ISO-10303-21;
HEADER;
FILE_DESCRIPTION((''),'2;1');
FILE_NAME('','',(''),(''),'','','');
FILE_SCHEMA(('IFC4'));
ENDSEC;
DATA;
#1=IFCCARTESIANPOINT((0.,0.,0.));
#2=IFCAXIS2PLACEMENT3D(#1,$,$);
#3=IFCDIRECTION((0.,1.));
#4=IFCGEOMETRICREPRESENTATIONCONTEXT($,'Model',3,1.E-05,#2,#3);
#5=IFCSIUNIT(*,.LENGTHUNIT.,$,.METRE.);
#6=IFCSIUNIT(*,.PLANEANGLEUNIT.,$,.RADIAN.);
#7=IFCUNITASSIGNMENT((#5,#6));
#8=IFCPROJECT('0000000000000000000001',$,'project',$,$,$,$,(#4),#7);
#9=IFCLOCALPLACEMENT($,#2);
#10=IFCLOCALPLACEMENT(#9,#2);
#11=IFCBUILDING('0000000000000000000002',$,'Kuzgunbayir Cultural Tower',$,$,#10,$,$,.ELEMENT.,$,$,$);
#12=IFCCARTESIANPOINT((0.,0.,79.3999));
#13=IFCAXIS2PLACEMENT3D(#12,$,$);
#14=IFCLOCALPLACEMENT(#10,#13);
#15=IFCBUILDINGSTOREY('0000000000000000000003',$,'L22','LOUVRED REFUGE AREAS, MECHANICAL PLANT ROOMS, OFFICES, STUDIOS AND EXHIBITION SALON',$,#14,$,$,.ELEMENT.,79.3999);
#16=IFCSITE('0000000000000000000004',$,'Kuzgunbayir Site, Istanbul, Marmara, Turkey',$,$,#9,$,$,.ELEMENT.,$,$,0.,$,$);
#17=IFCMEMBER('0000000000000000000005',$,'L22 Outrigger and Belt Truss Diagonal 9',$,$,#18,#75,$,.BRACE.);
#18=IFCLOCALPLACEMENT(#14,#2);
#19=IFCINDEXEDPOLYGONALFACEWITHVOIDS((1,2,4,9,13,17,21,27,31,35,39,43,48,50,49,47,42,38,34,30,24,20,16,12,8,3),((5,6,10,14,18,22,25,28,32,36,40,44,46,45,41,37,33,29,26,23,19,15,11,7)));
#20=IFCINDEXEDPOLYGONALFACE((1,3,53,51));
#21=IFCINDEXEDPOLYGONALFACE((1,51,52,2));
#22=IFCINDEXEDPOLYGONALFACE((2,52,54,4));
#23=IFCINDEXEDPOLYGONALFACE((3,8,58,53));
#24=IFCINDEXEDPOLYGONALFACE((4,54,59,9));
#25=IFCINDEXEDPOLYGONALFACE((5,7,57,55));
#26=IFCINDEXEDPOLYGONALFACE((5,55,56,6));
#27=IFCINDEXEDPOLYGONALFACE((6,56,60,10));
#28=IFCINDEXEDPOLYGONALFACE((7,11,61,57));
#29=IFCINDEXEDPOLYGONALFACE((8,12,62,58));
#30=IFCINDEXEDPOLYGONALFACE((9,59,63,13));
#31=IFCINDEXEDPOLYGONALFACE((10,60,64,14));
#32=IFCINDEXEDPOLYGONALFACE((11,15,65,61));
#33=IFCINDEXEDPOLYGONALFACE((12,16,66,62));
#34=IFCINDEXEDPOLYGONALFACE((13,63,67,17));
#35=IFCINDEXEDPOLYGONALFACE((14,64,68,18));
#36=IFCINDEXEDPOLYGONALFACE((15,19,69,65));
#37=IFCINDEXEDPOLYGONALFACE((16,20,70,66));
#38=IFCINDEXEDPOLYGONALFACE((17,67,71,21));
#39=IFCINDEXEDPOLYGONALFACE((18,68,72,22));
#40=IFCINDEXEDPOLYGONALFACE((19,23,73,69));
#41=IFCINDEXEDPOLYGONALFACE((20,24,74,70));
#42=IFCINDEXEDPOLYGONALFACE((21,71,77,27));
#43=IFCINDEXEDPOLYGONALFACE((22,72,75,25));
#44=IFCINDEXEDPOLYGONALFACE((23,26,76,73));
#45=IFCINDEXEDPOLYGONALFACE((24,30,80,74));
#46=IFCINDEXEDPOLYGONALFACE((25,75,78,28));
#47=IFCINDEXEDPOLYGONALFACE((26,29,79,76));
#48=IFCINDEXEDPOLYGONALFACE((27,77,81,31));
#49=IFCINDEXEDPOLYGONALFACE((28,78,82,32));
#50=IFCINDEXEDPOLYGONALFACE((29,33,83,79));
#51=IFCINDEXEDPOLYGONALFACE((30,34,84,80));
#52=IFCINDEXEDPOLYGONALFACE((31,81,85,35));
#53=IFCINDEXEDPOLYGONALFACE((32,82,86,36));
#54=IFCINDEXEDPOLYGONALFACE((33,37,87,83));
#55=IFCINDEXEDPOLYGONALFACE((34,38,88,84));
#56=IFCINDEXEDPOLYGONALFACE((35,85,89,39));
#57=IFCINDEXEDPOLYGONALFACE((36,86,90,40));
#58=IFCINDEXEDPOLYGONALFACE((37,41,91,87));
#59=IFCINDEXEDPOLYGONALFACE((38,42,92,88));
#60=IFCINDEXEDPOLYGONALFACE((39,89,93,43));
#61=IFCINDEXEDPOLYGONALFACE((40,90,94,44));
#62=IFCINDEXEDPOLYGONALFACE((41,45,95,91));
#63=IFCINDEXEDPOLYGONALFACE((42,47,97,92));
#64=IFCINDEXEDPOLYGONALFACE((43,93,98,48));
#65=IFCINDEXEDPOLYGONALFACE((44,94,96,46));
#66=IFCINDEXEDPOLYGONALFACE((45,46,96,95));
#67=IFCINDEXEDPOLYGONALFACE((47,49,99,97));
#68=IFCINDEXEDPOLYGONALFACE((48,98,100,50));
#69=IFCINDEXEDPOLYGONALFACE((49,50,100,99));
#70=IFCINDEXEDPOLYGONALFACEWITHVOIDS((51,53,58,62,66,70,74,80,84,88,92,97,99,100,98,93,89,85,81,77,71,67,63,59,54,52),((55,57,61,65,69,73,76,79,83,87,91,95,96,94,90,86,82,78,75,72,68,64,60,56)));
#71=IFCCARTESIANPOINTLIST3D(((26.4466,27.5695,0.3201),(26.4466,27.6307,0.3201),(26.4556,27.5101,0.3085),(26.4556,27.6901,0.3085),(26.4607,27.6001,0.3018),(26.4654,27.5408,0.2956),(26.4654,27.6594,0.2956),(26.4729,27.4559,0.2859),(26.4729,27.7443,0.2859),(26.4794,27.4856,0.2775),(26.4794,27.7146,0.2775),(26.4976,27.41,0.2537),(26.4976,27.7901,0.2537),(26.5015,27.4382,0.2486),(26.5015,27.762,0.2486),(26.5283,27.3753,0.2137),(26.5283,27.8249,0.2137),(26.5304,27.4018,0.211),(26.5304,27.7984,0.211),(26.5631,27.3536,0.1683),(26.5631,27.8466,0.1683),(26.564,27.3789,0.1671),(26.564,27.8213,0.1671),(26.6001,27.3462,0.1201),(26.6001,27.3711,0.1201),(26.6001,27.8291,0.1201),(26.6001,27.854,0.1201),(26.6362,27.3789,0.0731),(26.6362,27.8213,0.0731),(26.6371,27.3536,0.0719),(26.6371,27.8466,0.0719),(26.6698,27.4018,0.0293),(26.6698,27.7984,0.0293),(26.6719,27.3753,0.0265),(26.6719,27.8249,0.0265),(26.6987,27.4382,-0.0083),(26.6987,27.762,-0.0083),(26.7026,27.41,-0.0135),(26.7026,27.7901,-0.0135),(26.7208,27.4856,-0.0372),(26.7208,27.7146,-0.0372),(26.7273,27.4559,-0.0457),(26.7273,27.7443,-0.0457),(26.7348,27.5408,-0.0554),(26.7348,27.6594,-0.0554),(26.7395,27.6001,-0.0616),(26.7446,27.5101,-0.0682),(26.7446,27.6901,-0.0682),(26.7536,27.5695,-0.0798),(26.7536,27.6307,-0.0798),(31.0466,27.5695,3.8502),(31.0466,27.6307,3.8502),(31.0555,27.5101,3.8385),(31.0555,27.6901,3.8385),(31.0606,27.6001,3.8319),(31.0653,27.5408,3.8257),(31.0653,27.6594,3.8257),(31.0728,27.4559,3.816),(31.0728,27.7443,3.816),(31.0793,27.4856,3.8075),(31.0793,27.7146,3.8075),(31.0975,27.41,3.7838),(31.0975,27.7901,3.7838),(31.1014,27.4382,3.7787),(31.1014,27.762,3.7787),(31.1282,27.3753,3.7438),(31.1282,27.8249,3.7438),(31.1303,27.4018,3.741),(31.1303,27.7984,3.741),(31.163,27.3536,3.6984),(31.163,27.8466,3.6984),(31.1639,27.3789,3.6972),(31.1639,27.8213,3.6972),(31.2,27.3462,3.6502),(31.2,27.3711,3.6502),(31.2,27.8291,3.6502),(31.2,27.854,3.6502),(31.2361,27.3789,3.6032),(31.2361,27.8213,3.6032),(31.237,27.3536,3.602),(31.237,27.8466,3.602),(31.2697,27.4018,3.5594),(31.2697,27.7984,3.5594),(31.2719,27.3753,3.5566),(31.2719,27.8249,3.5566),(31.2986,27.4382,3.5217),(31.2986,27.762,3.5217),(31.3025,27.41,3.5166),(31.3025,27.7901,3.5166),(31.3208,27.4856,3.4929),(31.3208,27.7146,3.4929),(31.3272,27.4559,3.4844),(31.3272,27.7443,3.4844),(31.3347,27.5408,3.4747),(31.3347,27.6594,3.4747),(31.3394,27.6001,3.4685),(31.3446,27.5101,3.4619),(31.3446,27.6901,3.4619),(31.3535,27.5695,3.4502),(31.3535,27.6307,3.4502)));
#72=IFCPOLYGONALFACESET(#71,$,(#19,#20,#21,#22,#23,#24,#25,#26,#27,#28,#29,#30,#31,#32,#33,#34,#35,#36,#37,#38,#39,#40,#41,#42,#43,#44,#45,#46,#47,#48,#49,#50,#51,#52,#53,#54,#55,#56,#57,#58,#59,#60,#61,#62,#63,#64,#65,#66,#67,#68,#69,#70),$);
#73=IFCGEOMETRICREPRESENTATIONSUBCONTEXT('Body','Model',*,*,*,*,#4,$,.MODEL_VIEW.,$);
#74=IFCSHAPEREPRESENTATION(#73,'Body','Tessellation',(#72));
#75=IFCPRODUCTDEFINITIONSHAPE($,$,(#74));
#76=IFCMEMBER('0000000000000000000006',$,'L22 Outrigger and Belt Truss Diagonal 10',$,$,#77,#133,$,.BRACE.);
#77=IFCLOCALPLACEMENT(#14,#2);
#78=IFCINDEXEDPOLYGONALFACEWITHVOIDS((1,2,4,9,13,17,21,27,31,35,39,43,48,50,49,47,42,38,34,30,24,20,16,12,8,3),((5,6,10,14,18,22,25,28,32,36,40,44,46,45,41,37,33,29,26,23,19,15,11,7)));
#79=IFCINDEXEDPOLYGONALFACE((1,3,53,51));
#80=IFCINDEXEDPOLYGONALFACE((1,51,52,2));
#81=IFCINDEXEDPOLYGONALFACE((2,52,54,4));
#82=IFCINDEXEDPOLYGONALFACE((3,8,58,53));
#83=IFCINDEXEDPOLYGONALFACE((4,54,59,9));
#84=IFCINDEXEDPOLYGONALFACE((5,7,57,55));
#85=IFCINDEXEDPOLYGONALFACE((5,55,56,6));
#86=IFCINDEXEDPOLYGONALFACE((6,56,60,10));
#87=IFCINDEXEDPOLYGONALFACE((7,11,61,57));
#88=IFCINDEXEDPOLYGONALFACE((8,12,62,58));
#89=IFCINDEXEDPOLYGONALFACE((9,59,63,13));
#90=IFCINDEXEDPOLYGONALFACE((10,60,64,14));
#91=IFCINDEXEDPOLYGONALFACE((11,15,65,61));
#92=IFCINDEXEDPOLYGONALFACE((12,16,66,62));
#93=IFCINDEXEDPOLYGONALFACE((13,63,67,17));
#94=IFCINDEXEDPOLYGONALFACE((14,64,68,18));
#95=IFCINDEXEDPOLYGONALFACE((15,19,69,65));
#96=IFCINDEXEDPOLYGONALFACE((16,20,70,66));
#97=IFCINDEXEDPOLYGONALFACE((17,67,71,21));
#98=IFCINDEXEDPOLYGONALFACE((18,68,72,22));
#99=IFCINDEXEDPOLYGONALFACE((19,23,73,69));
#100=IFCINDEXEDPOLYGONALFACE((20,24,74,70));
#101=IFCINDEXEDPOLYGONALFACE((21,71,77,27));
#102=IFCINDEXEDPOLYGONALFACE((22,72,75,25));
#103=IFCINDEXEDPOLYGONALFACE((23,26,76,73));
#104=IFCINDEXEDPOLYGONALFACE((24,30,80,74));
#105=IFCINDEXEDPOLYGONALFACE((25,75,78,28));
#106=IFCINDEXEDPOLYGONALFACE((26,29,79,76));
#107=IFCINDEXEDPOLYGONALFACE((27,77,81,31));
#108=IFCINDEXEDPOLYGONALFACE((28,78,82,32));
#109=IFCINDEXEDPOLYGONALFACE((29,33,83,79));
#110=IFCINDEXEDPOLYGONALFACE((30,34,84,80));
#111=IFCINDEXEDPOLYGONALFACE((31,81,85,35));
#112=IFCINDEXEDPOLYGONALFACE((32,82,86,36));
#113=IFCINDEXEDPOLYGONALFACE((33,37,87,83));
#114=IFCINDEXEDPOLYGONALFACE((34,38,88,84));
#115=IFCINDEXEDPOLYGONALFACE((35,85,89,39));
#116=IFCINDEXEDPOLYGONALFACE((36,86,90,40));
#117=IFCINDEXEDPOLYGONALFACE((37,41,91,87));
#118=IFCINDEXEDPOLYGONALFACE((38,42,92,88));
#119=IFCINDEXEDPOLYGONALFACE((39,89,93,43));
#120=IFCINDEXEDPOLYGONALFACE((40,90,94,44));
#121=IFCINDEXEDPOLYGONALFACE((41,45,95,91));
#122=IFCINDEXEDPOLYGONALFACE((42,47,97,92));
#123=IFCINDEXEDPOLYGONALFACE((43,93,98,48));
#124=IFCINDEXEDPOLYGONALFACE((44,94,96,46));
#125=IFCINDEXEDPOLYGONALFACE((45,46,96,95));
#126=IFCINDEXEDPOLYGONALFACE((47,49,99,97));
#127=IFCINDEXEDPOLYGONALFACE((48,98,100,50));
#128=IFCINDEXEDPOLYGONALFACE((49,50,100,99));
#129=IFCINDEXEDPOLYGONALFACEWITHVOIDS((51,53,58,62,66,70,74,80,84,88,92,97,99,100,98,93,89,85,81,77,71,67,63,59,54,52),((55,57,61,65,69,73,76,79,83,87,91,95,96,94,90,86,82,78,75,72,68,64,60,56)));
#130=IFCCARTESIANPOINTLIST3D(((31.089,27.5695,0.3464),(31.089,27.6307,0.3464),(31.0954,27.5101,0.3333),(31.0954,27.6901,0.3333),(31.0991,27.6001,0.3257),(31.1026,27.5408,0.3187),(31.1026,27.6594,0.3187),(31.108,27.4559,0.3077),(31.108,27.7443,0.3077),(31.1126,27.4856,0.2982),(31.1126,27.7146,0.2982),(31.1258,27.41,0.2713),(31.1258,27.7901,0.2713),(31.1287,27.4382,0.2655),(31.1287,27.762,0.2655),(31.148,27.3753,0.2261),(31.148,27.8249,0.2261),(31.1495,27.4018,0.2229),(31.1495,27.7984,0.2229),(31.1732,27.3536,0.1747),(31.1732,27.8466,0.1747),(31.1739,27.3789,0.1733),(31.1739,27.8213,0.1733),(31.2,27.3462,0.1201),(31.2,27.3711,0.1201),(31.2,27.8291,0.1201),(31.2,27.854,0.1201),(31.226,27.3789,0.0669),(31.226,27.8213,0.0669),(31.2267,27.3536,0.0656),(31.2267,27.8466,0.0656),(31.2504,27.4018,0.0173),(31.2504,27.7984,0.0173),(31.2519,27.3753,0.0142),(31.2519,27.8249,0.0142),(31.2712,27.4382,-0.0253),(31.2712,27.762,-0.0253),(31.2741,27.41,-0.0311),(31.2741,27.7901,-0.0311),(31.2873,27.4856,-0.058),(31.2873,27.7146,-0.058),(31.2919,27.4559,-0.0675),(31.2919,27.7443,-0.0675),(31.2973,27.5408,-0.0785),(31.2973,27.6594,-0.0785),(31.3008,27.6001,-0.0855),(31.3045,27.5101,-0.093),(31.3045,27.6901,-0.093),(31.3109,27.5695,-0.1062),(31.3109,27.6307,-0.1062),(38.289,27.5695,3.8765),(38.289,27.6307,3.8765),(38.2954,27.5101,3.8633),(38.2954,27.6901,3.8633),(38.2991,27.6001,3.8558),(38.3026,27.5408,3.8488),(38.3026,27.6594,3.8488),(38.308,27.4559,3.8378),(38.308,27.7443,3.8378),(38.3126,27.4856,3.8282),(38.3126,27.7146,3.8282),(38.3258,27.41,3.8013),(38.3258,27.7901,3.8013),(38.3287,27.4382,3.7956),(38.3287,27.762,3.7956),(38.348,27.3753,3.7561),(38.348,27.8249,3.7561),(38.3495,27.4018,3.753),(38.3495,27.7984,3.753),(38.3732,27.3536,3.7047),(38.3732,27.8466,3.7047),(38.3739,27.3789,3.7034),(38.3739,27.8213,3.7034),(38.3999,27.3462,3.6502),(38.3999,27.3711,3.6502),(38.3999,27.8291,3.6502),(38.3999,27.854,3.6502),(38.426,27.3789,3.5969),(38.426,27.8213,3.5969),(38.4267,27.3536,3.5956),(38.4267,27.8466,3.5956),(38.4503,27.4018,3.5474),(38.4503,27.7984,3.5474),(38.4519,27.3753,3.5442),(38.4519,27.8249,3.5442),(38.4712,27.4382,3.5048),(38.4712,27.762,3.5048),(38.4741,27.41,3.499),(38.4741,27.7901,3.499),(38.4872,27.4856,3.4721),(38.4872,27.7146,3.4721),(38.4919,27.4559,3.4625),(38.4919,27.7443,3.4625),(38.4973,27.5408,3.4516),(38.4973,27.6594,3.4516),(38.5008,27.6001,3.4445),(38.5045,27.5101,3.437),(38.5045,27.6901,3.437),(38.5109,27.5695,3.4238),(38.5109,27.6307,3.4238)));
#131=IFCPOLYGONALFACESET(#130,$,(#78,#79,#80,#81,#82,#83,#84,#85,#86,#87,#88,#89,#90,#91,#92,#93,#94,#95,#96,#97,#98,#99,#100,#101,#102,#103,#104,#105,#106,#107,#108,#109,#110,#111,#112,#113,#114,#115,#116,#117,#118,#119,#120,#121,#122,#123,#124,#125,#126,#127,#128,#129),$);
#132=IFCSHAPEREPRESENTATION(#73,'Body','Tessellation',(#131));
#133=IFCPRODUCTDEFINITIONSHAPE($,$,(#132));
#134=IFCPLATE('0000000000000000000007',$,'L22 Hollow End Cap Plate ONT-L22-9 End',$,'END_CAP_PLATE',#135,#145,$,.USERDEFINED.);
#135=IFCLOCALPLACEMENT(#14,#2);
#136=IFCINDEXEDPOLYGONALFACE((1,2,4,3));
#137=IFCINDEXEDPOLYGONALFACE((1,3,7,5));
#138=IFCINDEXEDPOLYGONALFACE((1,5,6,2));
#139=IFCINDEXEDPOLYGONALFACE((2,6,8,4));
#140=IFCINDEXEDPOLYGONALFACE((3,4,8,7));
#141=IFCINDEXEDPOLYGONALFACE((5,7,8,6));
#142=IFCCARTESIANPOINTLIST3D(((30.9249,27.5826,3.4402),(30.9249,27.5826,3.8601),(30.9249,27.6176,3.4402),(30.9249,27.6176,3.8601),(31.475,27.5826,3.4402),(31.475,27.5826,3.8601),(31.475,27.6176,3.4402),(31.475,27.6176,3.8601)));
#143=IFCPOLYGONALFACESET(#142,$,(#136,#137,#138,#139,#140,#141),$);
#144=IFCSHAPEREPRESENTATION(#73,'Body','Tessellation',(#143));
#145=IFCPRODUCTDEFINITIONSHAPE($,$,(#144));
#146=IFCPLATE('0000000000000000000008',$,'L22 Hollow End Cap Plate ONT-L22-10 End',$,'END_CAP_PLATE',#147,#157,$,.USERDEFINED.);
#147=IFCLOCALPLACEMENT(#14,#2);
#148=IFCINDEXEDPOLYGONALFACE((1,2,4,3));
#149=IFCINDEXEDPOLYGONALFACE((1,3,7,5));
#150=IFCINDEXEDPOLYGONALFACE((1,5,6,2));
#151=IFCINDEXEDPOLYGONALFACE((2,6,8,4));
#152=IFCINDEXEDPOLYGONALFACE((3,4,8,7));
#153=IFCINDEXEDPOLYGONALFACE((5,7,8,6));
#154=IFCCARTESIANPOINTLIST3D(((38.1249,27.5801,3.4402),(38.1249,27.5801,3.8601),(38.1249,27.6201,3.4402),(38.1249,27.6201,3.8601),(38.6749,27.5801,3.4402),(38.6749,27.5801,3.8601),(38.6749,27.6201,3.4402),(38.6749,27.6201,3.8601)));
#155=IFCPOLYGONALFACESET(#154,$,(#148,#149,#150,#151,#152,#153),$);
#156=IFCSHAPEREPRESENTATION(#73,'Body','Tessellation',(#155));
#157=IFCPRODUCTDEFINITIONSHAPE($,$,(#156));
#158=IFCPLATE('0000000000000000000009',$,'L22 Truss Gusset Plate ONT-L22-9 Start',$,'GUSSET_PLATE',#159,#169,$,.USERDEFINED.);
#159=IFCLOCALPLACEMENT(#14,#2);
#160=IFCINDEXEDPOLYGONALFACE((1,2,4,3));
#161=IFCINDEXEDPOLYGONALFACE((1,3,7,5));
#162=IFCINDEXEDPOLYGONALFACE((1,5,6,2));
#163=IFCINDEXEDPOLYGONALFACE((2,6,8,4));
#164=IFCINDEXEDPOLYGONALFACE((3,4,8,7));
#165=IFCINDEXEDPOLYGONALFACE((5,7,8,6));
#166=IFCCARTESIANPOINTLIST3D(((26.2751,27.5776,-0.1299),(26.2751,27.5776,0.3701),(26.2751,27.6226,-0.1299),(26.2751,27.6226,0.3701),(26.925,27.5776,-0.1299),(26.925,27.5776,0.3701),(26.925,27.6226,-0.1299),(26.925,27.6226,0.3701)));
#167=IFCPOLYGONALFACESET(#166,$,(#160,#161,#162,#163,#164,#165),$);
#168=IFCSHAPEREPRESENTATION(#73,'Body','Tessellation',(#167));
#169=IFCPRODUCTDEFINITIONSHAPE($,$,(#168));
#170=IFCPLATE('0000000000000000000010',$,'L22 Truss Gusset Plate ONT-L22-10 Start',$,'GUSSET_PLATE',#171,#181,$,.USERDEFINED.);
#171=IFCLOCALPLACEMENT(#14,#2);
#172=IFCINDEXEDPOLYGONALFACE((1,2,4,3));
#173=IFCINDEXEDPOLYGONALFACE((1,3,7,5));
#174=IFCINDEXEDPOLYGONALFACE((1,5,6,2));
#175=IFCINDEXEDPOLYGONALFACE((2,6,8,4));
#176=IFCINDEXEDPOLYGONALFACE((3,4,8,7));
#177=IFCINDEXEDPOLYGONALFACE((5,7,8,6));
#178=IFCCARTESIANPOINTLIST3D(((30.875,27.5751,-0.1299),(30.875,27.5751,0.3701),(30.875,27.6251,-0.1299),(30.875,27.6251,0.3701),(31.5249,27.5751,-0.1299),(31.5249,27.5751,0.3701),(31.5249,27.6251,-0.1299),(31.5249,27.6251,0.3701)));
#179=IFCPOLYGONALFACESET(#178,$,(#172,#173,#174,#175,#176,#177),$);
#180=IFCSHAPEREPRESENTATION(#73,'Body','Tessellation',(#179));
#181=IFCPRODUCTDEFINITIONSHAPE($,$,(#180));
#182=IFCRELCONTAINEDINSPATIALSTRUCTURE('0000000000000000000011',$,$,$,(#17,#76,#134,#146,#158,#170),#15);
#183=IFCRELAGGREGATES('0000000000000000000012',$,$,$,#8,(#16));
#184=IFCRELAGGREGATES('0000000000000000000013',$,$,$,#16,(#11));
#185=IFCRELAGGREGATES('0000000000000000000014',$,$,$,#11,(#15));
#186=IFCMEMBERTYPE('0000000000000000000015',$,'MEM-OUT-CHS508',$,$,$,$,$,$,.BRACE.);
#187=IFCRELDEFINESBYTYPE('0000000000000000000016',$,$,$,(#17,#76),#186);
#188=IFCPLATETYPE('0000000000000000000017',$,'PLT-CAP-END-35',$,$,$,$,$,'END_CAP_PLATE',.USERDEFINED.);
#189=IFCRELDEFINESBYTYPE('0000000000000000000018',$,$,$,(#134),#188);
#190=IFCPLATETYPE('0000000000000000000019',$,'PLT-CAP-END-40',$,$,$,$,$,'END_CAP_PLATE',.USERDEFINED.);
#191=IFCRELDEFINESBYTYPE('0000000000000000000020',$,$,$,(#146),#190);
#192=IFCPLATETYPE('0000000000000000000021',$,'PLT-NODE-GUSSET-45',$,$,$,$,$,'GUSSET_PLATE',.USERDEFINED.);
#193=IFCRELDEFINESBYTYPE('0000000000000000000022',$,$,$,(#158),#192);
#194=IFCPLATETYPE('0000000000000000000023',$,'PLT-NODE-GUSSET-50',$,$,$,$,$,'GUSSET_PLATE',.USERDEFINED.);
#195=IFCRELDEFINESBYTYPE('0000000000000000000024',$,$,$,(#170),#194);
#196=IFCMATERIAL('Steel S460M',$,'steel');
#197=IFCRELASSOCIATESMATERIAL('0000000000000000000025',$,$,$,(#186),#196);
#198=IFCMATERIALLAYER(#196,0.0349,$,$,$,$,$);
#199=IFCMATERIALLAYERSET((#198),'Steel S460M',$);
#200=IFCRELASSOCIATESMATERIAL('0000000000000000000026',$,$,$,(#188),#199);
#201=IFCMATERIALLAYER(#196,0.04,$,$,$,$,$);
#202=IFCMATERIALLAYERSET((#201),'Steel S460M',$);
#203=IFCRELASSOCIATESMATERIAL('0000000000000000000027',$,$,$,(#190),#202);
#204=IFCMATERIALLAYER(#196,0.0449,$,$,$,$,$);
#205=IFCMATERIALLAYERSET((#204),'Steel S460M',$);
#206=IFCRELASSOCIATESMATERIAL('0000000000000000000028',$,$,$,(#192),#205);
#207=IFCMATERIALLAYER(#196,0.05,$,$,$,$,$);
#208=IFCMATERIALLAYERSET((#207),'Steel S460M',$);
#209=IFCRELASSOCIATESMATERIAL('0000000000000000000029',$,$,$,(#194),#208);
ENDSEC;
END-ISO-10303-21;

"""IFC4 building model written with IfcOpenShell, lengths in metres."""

from ifc_helpers import new_model, si_unit, direction, frame, origin, origin_2d, place, context, subcontext, project, spatial, rectangle, hollow_circle, extrude, material, layer, layer_set, material_profile, profile_set, type_object, element, save


model = new_model("IFC4")

# Units and contexts
model_context = context("Model", 3, precision=1e-05, world=origin(), true_north=direction((0.0, 1.0)))
body_context = subcontext(model_context, "Body", "Model", "MODEL_VIEW")
ifc_project = project(units=[si_unit("LENGTHUNIT", "METRE"), si_unit("PLANEANGLEUNIT", "RADIAN")], contexts=[model_context])

# Site, building, storey
site_placement = place(None, origin())
site = spatial("IfcSite", under=ifc_project, at=site_placement, Name="Kuzgunbayir Site, Istanbul, Marmara, Turkey", CompositionType="ELEMENT", RefElevation=0.0)
building_placement = place(site_placement, origin())
building = spatial("IfcBuilding", under=site, at=building_placement, Name="Kuzgunbayir Cultural Tower", CompositionType="ELEMENT")
storey_placement = place(building_placement, frame((0.0, 0.0, 79.3999)))
storey = spatial("IfcBuildingStorey", under=building, at=storey_placement, Name="L22", Description="LOUVRED REFUGE AREAS, MECHANICAL PLANT ROOMS, OFFICES, STUDIOS AND EXHIBITION SALON", CompositionType="ELEMENT", Elevation=79.3999)

# Members
ifc_material_1 = material(Name="Steel S460M", Category="steel")
ifc_material_profile_1 = material_profile(ifc_material_1, hollow_circle(Radius=0.2539, WallThickness=0.0249, at=origin_2d()), Name="CHS 508x25")
ifc_profile_set_1 = profile_set([ifc_material_profile_1], Name="Steel S460M")
member_type = type_object("IfcMemberType", Name="MEM-OUT-CHS508", PredefinedType="BRACE", material=ifc_profile_set_1)
member_1_placement = place(storey_placement, frame((26.6001, 27.6001, 0.1201), z_axis=(0.793317, 0.0, 0.608809), x_axis=(0.0, 1.0, 0.0)))
element("IfcMember", 1, at=member_1_placement, inside=storey, type_object=member_type, Name="L22 Outrigger and Belt Truss Diagonal 9", PredefinedType="BRACE", context=body_context, shape_type="SweptSolid", body=[
    extrude(hollow_circle(Radius=0.2539, WallThickness=0.0249, at=origin_2d()), origin(), (0.0, 0.0, 1.0), 5.7983),
])
member_2_placement = place(storey_placement, frame((31.2, 27.6001, 0.1201), z_axis=(0.897889, 0.0, 0.440222), x_axis=(0.0, 1.0, 0.0)))
element("IfcMember", 2, at=member_2_placement, inside=storey, type_object=member_type, Name="L22 Outrigger and Belt Truss Diagonal 10", PredefinedType="BRACE", context=body_context, shape_type="SweptSolid", body=[
    extrude(hollow_circle(Radius=0.2539, WallThickness=0.0249, at=origin_2d()), origin(), (0.0, 0.0, 1.0), 8.0188),
])

# Plates
ifc_layer_1 = layer(ifc_material_1, 0.0349)
ifc_layer_set_1 = layer_set([ifc_layer_1], Name="Steel S460M")
plate_type_1 = type_object("IfcPlateType", Name="PLT-CAP-END-35", ElementType="END_CAP_PLATE", PredefinedType="USERDEFINED", material=ifc_layer_set_1)
plate_1_placement = place(storey_placement, frame((31.2, 27.6001, 3.4402), z_axis=(0.0, 0.0, 1.0), x_axis=(1.0, 0.0, 0.0)))
element("IfcPlate", 3, at=plate_1_placement, inside=storey, type_object=plate_type_1, Name="L22 Hollow End Cap Plate ONT-L22-9 End", ObjectType="END_CAP_PLATE", PredefinedType="USERDEFINED", context=body_context, shape_type="SweptSolid", body=[
    extrude(rectangle(XDim=0.55, YDim=0.0349, at=origin_2d()), origin(), (0.0, 0.0, 1.0), 0.4199),
])
ifc_layer_2 = layer(ifc_material_1, 0.04)
ifc_layer_set_2 = layer_set([ifc_layer_2], Name="Steel S460M")
plate_type_2 = type_object("IfcPlateType", Name="PLT-CAP-END-40", ElementType="END_CAP_PLATE", PredefinedType="USERDEFINED", material=ifc_layer_set_2)
plate_2_placement = place(storey_placement, frame((38.3999, 27.6001, 3.4402), z_axis=(0.0, 0.0, 1.0), x_axis=(1.0, 0.0, 0.0)))
element("IfcPlate", 4, at=plate_2_placement, inside=storey, type_object=plate_type_2, Name="L22 Hollow End Cap Plate ONT-L22-10 End", ObjectType="END_CAP_PLATE", PredefinedType="USERDEFINED", context=body_context, shape_type="SweptSolid", body=[
    extrude(rectangle(XDim=0.55, YDim=0.04, at=origin_2d()), origin(), (0.0, 0.0, 1.0), 0.4199),
])
ifc_layer_3 = layer(ifc_material_1, 0.0449)
ifc_layer_set_3 = layer_set([ifc_layer_3], Name="Steel S460M")
plate_type_3 = type_object("IfcPlateType", Name="PLT-NODE-GUSSET-45", ElementType="GUSSET_PLATE", PredefinedType="USERDEFINED", material=ifc_layer_set_3)
plate_3_placement = place(storey_placement, frame((26.6001, 27.6001, -0.1299), z_axis=(0.0, 0.0, 1.0), x_axis=(1.0, 0.0, 0.0)))
element("IfcPlate", 5, at=plate_3_placement, inside=storey, type_object=plate_type_3, Name="L22 Truss Gusset Plate ONT-L22-9 Start", ObjectType="GUSSET_PLATE", PredefinedType="USERDEFINED", context=body_context, shape_type="SweptSolid", body=[
    extrude(rectangle(XDim=0.6499, YDim=0.0449, at=origin_2d()), origin(), (0.0, 0.0, 1.0), 0.5),
])
ifc_layer_4 = layer(ifc_material_1, 0.05)
ifc_layer_set_4 = layer_set([ifc_layer_4], Name="Steel S460M")
plate_type_4 = type_object("IfcPlateType", Name="PLT-NODE-GUSSET-50", ElementType="GUSSET_PLATE", PredefinedType="USERDEFINED", material=ifc_layer_set_4)
plate_4_placement = place(storey_placement, frame((31.2, 27.6001, -0.1299), z_axis=(0.0, 0.0, 1.0), x_axis=(1.0, 0.0, 0.0)))
element("IfcPlate", 6, at=plate_4_placement, inside=storey, type_object=plate_type_4, Name="L22 Truss Gusset Plate ONT-L22-10 Start", ObjectType="GUSSET_PLATE", PredefinedType="USERDEFINED", context=body_context, shape_type="SweptSolid", body=[
    extrude(rectangle(XDim=0.6499, YDim=0.05, at=origin_2d()), origin(), (0.0, 0.0, 1.0), 0.5),
])

save(model, "model.ifc")
